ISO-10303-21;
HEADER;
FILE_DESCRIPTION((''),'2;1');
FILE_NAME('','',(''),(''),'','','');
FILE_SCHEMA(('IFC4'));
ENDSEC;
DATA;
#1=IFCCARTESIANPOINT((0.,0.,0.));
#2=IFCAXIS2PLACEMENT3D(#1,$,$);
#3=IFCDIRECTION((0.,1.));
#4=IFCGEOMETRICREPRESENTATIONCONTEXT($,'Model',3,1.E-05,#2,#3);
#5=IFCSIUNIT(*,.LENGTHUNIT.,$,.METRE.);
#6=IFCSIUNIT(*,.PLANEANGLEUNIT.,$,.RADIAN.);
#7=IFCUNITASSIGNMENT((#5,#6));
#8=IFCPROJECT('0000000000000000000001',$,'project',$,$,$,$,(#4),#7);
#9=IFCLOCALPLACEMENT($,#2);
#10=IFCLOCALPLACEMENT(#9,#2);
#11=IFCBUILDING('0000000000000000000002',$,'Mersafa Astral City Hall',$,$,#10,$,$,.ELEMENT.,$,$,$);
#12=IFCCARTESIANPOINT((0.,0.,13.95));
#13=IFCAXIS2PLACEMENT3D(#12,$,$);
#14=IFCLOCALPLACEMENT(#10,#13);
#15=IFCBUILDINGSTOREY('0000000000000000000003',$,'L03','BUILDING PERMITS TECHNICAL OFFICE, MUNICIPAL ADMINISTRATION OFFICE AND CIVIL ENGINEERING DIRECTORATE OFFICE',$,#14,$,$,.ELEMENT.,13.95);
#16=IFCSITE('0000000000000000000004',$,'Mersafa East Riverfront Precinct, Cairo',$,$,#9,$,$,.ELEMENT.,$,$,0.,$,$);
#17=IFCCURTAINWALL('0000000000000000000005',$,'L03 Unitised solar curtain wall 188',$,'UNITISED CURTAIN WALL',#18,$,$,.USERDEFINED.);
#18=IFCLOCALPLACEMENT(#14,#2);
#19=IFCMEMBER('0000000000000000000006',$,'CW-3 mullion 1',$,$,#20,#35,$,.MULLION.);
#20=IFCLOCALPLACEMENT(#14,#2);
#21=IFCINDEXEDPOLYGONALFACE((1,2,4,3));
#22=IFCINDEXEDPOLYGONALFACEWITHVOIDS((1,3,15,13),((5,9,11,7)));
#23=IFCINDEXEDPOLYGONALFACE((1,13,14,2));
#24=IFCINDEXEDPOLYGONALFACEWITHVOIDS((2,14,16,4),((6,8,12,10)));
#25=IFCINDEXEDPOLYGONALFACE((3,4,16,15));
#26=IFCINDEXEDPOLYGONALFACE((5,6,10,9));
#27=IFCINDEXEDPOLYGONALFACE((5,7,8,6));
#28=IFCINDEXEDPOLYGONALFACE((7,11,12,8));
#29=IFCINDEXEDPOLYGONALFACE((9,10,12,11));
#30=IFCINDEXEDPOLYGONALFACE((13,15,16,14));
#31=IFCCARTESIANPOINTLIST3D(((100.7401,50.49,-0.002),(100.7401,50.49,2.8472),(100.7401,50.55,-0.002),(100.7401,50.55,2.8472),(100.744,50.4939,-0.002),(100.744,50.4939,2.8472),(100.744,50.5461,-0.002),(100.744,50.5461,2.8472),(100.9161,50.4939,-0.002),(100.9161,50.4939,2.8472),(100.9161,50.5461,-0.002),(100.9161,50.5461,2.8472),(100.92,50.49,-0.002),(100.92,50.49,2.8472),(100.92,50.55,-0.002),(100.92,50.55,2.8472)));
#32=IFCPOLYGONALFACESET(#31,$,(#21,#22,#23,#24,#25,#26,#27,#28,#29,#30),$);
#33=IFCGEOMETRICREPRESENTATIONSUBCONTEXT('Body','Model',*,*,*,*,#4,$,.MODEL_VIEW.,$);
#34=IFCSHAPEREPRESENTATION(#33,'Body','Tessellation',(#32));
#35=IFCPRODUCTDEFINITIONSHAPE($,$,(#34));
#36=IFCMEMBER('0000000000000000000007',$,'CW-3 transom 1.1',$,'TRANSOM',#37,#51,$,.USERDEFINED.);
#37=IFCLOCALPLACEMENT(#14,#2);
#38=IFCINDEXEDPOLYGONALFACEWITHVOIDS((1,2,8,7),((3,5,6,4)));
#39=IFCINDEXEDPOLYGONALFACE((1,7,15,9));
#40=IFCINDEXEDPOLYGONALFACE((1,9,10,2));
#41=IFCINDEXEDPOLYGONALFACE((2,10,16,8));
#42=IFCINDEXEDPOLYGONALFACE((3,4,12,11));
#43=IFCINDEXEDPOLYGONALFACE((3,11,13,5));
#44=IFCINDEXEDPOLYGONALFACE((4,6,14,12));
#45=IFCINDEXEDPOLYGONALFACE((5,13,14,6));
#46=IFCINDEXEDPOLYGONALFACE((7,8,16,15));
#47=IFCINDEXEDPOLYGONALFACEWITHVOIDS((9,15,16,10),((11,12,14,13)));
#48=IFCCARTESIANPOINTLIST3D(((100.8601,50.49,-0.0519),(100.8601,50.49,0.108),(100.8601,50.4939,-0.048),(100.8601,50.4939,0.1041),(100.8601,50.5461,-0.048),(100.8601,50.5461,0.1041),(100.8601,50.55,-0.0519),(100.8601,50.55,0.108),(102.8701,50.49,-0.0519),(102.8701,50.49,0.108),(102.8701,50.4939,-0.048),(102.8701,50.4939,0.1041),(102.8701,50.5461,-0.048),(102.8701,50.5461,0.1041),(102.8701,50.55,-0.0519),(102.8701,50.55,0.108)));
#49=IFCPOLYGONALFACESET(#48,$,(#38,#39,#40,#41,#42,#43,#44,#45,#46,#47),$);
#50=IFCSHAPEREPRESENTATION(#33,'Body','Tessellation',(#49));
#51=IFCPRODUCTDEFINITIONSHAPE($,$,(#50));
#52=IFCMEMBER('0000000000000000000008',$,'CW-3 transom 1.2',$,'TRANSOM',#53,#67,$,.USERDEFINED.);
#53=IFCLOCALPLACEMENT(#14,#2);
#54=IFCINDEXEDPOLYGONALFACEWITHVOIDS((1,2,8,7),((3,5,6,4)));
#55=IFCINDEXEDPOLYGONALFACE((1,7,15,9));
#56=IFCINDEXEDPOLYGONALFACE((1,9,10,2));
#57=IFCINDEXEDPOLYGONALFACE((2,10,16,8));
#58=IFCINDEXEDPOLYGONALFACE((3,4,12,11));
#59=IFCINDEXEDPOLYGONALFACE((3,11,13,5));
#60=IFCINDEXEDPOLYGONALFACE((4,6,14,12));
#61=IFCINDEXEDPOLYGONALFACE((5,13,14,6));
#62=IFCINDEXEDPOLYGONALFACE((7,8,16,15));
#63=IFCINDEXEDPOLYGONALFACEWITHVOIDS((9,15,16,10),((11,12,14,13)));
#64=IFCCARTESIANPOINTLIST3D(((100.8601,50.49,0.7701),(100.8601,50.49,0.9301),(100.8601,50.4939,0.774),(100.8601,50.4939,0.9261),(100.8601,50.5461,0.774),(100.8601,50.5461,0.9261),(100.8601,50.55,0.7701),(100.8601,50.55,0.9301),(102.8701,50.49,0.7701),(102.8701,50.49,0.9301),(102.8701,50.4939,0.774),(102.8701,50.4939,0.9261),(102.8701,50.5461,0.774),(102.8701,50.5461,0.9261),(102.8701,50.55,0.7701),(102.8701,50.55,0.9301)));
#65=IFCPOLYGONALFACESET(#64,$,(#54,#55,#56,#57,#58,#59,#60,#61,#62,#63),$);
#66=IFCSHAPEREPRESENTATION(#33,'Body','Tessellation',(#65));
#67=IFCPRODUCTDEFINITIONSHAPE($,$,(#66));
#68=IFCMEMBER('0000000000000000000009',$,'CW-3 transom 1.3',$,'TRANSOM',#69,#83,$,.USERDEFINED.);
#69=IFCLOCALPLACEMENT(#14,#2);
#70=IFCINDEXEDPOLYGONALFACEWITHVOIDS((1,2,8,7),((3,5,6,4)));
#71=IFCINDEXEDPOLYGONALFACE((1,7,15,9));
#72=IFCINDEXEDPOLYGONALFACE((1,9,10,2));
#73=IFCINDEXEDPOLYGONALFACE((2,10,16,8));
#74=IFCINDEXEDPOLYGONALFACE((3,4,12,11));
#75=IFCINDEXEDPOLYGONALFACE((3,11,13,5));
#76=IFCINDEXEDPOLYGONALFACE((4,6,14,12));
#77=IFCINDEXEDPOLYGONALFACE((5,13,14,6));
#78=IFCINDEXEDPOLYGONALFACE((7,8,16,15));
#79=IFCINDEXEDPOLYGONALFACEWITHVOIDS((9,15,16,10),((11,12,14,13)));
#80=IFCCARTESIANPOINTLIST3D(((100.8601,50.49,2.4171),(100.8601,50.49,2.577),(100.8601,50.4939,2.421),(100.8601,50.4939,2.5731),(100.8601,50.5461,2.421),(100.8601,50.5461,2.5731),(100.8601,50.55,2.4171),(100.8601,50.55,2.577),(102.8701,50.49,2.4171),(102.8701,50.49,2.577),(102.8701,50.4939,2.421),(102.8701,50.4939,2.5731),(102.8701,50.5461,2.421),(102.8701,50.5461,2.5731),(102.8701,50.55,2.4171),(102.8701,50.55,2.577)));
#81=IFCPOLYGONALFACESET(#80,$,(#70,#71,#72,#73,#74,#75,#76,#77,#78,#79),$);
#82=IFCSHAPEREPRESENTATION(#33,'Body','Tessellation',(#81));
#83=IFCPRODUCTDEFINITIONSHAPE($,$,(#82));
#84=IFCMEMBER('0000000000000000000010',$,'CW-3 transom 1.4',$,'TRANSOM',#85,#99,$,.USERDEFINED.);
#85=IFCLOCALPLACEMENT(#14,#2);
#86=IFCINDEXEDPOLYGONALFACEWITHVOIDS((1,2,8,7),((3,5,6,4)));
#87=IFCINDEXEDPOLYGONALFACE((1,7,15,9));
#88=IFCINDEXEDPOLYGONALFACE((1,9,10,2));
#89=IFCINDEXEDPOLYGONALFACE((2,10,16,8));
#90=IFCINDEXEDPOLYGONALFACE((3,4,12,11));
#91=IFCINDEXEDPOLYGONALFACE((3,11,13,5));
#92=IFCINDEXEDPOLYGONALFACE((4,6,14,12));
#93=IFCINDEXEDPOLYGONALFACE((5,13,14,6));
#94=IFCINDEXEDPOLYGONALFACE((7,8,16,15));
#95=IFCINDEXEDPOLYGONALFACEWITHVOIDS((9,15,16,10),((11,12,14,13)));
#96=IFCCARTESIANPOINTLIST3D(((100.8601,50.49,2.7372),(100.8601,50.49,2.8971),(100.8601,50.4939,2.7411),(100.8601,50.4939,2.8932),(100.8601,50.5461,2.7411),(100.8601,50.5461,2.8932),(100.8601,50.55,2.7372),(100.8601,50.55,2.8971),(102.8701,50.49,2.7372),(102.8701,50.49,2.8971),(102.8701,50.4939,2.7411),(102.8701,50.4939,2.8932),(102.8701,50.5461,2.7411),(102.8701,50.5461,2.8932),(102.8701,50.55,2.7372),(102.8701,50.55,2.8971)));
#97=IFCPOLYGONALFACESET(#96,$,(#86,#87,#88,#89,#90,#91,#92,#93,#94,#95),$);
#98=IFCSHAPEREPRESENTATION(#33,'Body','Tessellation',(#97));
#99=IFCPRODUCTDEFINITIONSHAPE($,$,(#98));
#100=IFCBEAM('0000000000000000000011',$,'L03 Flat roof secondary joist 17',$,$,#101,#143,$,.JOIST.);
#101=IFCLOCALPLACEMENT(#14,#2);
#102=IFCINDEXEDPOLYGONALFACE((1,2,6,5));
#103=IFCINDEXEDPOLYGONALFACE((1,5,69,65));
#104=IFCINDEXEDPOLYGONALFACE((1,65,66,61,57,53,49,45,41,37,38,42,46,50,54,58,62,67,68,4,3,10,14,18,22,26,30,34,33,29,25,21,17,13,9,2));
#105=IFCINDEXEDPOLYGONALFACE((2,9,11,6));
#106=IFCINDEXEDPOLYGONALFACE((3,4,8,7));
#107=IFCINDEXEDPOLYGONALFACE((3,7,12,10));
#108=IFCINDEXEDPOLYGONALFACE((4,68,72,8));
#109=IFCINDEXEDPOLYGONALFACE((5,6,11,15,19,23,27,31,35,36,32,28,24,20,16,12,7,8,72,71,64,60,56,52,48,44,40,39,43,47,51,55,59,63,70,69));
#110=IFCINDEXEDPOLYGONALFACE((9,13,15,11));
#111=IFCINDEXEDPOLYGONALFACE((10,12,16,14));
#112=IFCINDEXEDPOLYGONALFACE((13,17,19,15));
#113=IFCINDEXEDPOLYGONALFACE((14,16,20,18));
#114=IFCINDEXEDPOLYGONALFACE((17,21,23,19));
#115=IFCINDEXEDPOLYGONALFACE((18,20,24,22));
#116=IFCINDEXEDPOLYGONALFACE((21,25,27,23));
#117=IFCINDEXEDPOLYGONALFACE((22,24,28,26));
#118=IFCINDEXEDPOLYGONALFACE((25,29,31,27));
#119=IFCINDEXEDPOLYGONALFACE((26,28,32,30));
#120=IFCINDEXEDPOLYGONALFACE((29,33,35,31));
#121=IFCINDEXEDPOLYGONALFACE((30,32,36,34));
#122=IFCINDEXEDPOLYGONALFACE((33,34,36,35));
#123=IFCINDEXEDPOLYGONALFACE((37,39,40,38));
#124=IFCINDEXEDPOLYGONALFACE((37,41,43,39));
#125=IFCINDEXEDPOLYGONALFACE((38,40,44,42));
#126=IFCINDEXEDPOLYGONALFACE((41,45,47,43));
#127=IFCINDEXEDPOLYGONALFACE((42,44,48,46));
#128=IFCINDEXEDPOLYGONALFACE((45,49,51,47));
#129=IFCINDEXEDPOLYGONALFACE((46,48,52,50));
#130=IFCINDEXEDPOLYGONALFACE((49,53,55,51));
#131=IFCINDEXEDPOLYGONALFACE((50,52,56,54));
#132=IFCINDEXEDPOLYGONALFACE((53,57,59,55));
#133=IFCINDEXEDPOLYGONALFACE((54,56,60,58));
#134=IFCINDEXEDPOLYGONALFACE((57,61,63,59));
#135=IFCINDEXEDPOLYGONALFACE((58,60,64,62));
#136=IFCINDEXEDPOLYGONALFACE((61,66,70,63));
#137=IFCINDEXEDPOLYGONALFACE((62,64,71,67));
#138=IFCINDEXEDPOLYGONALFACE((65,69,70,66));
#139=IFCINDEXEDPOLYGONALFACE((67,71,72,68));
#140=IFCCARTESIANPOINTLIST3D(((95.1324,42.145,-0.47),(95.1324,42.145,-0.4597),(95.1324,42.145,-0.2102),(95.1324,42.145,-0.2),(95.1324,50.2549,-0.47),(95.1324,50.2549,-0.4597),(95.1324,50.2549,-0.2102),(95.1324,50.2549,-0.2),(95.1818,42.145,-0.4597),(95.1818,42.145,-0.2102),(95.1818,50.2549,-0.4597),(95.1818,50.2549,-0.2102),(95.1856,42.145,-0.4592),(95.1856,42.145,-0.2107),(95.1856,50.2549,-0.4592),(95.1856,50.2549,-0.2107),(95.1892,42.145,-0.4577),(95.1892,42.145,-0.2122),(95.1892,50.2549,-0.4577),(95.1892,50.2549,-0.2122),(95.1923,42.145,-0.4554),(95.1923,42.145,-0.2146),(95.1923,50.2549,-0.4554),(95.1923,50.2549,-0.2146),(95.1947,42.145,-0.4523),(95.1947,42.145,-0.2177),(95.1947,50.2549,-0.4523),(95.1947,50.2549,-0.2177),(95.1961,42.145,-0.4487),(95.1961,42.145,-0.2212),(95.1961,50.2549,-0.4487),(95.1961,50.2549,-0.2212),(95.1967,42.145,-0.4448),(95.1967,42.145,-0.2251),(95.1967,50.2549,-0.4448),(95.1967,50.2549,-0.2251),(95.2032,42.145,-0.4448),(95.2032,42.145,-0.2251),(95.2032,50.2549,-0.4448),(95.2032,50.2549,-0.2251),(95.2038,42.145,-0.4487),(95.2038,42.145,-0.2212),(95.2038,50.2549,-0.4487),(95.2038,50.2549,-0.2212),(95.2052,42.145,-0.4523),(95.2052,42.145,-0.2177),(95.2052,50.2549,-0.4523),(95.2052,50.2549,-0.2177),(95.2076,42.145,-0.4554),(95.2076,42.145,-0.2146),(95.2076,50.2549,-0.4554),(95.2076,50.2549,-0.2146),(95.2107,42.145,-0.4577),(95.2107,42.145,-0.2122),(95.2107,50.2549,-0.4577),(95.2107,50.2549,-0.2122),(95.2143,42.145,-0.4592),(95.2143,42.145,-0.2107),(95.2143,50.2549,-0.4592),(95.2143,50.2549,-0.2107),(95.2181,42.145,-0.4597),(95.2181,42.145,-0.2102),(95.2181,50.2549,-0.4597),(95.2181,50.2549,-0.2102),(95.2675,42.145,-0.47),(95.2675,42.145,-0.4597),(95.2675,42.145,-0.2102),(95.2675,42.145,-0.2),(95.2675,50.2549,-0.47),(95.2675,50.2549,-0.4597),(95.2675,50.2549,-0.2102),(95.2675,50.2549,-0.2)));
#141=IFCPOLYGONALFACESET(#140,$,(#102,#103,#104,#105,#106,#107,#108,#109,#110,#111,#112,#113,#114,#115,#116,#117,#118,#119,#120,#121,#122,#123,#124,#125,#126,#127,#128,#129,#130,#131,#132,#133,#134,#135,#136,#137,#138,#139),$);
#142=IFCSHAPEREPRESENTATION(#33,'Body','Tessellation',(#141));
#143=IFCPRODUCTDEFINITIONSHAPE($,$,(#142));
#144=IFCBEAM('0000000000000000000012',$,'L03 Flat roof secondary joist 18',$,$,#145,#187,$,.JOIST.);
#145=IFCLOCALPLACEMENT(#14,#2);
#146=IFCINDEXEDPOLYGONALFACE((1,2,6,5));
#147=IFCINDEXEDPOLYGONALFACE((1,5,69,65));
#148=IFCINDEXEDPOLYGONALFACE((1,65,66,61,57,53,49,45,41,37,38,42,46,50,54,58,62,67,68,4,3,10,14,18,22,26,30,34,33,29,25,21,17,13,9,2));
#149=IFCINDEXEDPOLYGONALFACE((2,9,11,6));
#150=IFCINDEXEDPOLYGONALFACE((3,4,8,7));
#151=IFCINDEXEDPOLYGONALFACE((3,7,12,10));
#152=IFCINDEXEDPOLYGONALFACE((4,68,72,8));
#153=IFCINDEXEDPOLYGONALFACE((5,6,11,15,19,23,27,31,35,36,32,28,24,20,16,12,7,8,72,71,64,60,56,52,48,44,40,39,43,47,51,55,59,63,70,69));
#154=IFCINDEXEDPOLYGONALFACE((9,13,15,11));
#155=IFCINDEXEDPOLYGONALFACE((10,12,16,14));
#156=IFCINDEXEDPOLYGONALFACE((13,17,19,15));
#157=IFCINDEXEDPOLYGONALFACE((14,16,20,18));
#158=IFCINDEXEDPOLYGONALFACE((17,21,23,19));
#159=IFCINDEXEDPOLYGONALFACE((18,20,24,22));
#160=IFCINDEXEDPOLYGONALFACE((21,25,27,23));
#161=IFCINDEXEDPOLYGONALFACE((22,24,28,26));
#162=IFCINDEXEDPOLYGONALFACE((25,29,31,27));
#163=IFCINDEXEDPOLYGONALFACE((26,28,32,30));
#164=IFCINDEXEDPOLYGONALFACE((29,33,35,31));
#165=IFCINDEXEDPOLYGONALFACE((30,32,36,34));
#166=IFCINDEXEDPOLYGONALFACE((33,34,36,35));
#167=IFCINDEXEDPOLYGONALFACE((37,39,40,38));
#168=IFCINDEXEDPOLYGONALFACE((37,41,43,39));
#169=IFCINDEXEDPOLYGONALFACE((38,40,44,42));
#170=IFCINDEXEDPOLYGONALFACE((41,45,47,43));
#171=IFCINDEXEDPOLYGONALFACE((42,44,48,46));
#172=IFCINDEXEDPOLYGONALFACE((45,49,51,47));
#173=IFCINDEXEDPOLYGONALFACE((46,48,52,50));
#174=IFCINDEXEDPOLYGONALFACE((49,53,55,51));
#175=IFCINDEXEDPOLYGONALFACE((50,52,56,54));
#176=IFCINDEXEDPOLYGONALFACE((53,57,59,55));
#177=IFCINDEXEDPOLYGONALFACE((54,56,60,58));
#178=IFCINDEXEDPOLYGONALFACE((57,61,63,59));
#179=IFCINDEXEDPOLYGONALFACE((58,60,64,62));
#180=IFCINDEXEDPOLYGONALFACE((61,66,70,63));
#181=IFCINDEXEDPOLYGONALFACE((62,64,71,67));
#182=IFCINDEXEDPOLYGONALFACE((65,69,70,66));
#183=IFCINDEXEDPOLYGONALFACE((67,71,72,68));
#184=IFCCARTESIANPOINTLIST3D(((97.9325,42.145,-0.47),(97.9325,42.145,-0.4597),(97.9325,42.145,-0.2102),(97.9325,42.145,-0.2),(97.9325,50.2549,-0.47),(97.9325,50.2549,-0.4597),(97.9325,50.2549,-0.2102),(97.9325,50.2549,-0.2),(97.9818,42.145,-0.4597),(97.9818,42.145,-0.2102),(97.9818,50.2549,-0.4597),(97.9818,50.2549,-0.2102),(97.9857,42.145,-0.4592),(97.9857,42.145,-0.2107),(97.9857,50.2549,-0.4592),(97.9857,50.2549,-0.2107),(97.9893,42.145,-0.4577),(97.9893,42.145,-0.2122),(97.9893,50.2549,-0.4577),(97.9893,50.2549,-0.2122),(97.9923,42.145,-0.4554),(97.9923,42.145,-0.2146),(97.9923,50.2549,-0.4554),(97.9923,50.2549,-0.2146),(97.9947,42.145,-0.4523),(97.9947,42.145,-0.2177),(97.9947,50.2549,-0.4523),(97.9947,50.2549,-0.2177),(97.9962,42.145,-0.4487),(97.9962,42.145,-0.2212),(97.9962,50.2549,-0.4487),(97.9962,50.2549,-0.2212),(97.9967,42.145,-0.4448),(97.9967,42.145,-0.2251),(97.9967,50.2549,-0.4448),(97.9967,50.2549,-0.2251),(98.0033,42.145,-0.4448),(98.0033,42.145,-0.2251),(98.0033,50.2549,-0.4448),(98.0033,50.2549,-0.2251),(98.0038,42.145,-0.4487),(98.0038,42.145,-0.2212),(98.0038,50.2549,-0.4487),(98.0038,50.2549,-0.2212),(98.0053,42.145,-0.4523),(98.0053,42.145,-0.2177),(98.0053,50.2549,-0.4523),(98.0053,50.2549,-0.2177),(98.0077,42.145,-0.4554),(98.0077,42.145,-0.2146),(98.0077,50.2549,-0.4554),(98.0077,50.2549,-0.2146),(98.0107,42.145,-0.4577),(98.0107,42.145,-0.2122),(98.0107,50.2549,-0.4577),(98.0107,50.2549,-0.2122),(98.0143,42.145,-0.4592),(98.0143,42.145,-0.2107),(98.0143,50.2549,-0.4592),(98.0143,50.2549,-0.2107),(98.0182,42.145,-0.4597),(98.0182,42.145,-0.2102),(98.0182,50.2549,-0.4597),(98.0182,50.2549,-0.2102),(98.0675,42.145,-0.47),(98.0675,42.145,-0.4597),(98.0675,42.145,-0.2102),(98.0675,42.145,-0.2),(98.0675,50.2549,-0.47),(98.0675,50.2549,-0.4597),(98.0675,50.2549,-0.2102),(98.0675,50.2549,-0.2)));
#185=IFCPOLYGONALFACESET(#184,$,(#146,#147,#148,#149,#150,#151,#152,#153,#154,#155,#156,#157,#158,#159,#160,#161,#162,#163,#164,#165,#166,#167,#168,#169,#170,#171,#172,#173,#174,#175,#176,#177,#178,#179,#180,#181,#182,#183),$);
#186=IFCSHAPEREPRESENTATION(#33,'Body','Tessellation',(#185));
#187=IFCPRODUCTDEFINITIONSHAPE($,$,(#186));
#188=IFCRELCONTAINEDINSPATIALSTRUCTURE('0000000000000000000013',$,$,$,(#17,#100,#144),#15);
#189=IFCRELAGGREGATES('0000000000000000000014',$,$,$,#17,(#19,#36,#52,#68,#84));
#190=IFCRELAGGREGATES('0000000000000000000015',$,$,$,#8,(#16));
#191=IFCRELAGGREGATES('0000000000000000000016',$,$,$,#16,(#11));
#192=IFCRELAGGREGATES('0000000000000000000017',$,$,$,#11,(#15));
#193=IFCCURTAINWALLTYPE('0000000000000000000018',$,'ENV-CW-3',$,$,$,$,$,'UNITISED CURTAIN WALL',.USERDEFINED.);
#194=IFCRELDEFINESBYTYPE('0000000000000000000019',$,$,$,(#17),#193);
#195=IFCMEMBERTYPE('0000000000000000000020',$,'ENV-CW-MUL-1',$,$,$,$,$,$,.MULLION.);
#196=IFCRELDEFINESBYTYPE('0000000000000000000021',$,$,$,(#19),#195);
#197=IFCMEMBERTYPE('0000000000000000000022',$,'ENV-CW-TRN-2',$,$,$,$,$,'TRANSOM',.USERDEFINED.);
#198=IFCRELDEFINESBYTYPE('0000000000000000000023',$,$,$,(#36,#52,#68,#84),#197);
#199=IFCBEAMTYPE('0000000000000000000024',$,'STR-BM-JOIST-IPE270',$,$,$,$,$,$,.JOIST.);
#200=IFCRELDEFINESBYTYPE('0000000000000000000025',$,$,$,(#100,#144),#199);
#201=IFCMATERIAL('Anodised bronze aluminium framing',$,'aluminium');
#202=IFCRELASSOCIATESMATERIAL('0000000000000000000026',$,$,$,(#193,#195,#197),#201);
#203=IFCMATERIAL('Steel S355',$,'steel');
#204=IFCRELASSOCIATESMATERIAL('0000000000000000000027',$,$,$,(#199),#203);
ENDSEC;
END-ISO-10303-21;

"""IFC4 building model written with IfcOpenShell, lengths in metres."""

from ifc_helpers import new_model, si_unit, direction, frame, origin, origin_2d, place, context, subcontext, project, spatial, hollow_rectangle, i_section, extrude, material, material_profile, profile_set, type_object, element, aggregate, save


model = new_model("IFC4")

# Units and contexts
model_context = context("Model", 3, precision=1e-05, world=origin(), true_north=direction((0.0, 1.0)))
body_context = subcontext(model_context, "Body", "Model", "MODEL_VIEW")
ifc_project = project(units=[si_unit("LENGTHUNIT", "METRE"), si_unit("PLANEANGLEUNIT", "RADIAN")], contexts=[model_context])

# Site, building, storey
site_placement = place(None, origin())
site = spatial("IfcSite", under=ifc_project, at=site_placement, Name="Mersafa East Riverfront Precinct, Cairo", CompositionType="ELEMENT", RefElevation=0.0)
building_placement = place(site_placement, origin())
building = spatial("IfcBuilding", under=site, at=building_placement, Name="Mersafa Astral City Hall", CompositionType="ELEMENT")
storey_placement = place(building_placement, frame((0.0, 0.0, 13.95)))
storey = spatial("IfcBuildingStorey", under=building, at=storey_placement, Name="L03", Description="BUILDING PERMITS TECHNICAL OFFICE, MUNICIPAL ADMINISTRATION OFFICE AND CIVIL ENGINEERING DIRECTORATE OFFICE", CompositionType="ELEMENT", Elevation=13.95)

# Curtain wall, members
ifc_material_1 = material(Name="Anodised bronze aluminium framing", Category="aluminium")
curtain_wall_type = type_object("IfcCurtainWallType", Name="ENV-CW-3", ElementType="UNITISED CURTAIN WALL", PredefinedType="USERDEFINED", material=ifc_material_1)
curtain_wall_placement = place(storey_placement, origin())
curtain_wall = element("IfcCurtainWall", 1, at=curtain_wall_placement, inside=storey, type_object=curtain_wall_type, Name="L03 Unitised solar curtain wall 188", ObjectType="UNITISED CURTAIN WALL", PredefinedType="USERDEFINED")
ifc_material_profile_1 = material_profile(ifc_material_1, hollow_rectangle(XDim=0.0601, YDim=0.1799, WallThickness=0.0039, at=origin_2d()), Name="RHS 60x180x4")
ifc_profile_set_1 = profile_set([ifc_material_profile_1], Name="Anodised bronze aluminium framing")
member_type_1 = type_object("IfcMemberType", Name="ENV-CW-MUL-1", PredefinedType="MULLION", material=ifc_profile_set_1)
member_1_placement = place(storey_placement, frame((100.8301, 50.52, -0.002), z_axis=(0.0, 0.0, 1.0), x_axis=(0.0, 1.0, 0.0)))
member_1 = element("IfcMember", 2, at=member_1_placement, type_object=member_type_1, Name="CW-3 mullion 1", PredefinedType="MULLION", context=body_context, shape_type="SweptSolid", body=[
    extrude(hollow_rectangle(XDim=0.0601, YDim=0.1799, WallThickness=0.0039, at=origin_2d()), origin(), (0.0, 0.0, 1.0), 2.8491),
])
ifc_material_profile_2 = material_profile(ifc_material_1, hollow_rectangle(XDim=0.0601, YDim=0.1599, WallThickness=0.0039, at=origin_2d()), Name="RHS 60x160x4")
ifc_profile_set_2 = profile_set([ifc_material_profile_2], Name="Anodised bronze aluminium framing")
member_type_2 = type_object("IfcMemberType", Name="ENV-CW-TRN-2", ElementType="TRANSOM", PredefinedType="USERDEFINED", material=ifc_profile_set_2)
member_2_placement = place(storey_placement, frame((100.8601, 50.52, 0.0281), z_axis=(1.0, 0.0, 0.0), x_axis=(0.0, 1.0, 0.0)))
member_2 = element("IfcMember", 3, at=member_2_placement, type_object=member_type_2, Name="CW-3 transom 1.1", ObjectType="TRANSOM", PredefinedType="USERDEFINED", context=body_context, shape_type="SweptSolid", body=[
    extrude(hollow_rectangle(XDim=0.0601, YDim=0.1599, WallThickness=0.0039, at=origin_2d()), origin(), (0.0, 0.0, 1.0), 2.01),
])
member_3_placement = place(storey_placement, frame((100.8601, 50.52, 0.8501), z_axis=(1.0, 0.0, 0.0), x_axis=(0.0, 1.0, 0.0)))
member_3 = element("IfcMember", 4, at=member_3_placement, type_object=member_type_2, Name="CW-3 transom 1.2", ObjectType="TRANSOM", PredefinedType="USERDEFINED", context=body_context, shape_type="SweptSolid", body=[
    extrude(hollow_rectangle(XDim=0.0601, YDim=0.1599, WallThickness=0.0039, at=origin_2d()), origin(), (0.0, 0.0, 1.0), 2.01),
])
member_4_placement = place(storey_placement, frame((100.8601, 50.52, 2.4971), z_axis=(1.0, 0.0, 0.0), x_axis=(0.0, 1.0, 0.0)))
member_4 = element("IfcMember", 5, at=member_4_placement, type_object=member_type_2, Name="CW-3 transom 1.3", ObjectType="TRANSOM", PredefinedType="USERDEFINED", context=body_context, shape_type="SweptSolid", body=[
    extrude(hollow_rectangle(XDim=0.0601, YDim=0.1599, WallThickness=0.0039, at=origin_2d()), origin(), (0.0, 0.0, 1.0), 2.01),
])
member_5_placement = place(storey_placement, frame((100.8601, 50.52, 2.8171), z_axis=(1.0, 0.0, 0.0), x_axis=(0.0, 1.0, 0.0)))
member_5 = element("IfcMember", 6, at=member_5_placement, type_object=member_type_2, Name="CW-3 transom 1.4", ObjectType="TRANSOM", PredefinedType="USERDEFINED", context=body_context, shape_type="SweptSolid", body=[
    extrude(hollow_rectangle(XDim=0.0601, YDim=0.1599, WallThickness=0.0039, at=origin_2d()), origin(), (0.0, 0.0, 1.0), 2.01),
])

# Beams
ifc_material_2 = material(Name="Steel S355", Category="steel")
ifc_material_profile_3 = material_profile(ifc_material_2, i_section(OverallWidth=0.135, OverallDepth=0.27, WebThickness=0.0066, FlangeThickness=0.0103, FilletRadius=0.0149, at=origin_2d()), Name="IPE 270")
ifc_profile_set_3 = profile_set([ifc_material_profile_3], Name="Steel S355")
beam_type_1 = type_object("IfcBeamType", Name="STR-BM-JOIST-IPE270", PredefinedType="JOIST", material=ifc_profile_set_3)
for number, where, z_axis, x_axis, name in (
    (7, (95.2, 42.145, -0.335), (0.0, 1.0, 0.0), (-1.0, 0.0, 0.0), "L03 Flat roof secondary joist 17"),
    (8, (98.0, 42.145, -0.335), (0.0, 1.0, 0.0), (-1.0, 0.0, 0.0), "L03 Flat roof secondary joist 18"),
):
    element("IfcBeam", number, at=place(storey_placement, frame(where, z_axis=z_axis, x_axis=x_axis)), inside=storey, type_object=beam_type_1, Name=name, PredefinedType="JOIST", context=body_context, shape_type="SweptSolid", body=[
        extrude(i_section(OverallWidth=0.135, OverallDepth=0.27, WebThickness=0.0066, FlangeThickness=0.0103, FilletRadius=0.0149, at=origin_2d()), origin(), (0.0, 0.0, 1.0), 8.1099),
    ])

aggregate(curtain_wall, [member_1, member_2, member_3, member_4, member_5])

save(model, "model.ifc")
